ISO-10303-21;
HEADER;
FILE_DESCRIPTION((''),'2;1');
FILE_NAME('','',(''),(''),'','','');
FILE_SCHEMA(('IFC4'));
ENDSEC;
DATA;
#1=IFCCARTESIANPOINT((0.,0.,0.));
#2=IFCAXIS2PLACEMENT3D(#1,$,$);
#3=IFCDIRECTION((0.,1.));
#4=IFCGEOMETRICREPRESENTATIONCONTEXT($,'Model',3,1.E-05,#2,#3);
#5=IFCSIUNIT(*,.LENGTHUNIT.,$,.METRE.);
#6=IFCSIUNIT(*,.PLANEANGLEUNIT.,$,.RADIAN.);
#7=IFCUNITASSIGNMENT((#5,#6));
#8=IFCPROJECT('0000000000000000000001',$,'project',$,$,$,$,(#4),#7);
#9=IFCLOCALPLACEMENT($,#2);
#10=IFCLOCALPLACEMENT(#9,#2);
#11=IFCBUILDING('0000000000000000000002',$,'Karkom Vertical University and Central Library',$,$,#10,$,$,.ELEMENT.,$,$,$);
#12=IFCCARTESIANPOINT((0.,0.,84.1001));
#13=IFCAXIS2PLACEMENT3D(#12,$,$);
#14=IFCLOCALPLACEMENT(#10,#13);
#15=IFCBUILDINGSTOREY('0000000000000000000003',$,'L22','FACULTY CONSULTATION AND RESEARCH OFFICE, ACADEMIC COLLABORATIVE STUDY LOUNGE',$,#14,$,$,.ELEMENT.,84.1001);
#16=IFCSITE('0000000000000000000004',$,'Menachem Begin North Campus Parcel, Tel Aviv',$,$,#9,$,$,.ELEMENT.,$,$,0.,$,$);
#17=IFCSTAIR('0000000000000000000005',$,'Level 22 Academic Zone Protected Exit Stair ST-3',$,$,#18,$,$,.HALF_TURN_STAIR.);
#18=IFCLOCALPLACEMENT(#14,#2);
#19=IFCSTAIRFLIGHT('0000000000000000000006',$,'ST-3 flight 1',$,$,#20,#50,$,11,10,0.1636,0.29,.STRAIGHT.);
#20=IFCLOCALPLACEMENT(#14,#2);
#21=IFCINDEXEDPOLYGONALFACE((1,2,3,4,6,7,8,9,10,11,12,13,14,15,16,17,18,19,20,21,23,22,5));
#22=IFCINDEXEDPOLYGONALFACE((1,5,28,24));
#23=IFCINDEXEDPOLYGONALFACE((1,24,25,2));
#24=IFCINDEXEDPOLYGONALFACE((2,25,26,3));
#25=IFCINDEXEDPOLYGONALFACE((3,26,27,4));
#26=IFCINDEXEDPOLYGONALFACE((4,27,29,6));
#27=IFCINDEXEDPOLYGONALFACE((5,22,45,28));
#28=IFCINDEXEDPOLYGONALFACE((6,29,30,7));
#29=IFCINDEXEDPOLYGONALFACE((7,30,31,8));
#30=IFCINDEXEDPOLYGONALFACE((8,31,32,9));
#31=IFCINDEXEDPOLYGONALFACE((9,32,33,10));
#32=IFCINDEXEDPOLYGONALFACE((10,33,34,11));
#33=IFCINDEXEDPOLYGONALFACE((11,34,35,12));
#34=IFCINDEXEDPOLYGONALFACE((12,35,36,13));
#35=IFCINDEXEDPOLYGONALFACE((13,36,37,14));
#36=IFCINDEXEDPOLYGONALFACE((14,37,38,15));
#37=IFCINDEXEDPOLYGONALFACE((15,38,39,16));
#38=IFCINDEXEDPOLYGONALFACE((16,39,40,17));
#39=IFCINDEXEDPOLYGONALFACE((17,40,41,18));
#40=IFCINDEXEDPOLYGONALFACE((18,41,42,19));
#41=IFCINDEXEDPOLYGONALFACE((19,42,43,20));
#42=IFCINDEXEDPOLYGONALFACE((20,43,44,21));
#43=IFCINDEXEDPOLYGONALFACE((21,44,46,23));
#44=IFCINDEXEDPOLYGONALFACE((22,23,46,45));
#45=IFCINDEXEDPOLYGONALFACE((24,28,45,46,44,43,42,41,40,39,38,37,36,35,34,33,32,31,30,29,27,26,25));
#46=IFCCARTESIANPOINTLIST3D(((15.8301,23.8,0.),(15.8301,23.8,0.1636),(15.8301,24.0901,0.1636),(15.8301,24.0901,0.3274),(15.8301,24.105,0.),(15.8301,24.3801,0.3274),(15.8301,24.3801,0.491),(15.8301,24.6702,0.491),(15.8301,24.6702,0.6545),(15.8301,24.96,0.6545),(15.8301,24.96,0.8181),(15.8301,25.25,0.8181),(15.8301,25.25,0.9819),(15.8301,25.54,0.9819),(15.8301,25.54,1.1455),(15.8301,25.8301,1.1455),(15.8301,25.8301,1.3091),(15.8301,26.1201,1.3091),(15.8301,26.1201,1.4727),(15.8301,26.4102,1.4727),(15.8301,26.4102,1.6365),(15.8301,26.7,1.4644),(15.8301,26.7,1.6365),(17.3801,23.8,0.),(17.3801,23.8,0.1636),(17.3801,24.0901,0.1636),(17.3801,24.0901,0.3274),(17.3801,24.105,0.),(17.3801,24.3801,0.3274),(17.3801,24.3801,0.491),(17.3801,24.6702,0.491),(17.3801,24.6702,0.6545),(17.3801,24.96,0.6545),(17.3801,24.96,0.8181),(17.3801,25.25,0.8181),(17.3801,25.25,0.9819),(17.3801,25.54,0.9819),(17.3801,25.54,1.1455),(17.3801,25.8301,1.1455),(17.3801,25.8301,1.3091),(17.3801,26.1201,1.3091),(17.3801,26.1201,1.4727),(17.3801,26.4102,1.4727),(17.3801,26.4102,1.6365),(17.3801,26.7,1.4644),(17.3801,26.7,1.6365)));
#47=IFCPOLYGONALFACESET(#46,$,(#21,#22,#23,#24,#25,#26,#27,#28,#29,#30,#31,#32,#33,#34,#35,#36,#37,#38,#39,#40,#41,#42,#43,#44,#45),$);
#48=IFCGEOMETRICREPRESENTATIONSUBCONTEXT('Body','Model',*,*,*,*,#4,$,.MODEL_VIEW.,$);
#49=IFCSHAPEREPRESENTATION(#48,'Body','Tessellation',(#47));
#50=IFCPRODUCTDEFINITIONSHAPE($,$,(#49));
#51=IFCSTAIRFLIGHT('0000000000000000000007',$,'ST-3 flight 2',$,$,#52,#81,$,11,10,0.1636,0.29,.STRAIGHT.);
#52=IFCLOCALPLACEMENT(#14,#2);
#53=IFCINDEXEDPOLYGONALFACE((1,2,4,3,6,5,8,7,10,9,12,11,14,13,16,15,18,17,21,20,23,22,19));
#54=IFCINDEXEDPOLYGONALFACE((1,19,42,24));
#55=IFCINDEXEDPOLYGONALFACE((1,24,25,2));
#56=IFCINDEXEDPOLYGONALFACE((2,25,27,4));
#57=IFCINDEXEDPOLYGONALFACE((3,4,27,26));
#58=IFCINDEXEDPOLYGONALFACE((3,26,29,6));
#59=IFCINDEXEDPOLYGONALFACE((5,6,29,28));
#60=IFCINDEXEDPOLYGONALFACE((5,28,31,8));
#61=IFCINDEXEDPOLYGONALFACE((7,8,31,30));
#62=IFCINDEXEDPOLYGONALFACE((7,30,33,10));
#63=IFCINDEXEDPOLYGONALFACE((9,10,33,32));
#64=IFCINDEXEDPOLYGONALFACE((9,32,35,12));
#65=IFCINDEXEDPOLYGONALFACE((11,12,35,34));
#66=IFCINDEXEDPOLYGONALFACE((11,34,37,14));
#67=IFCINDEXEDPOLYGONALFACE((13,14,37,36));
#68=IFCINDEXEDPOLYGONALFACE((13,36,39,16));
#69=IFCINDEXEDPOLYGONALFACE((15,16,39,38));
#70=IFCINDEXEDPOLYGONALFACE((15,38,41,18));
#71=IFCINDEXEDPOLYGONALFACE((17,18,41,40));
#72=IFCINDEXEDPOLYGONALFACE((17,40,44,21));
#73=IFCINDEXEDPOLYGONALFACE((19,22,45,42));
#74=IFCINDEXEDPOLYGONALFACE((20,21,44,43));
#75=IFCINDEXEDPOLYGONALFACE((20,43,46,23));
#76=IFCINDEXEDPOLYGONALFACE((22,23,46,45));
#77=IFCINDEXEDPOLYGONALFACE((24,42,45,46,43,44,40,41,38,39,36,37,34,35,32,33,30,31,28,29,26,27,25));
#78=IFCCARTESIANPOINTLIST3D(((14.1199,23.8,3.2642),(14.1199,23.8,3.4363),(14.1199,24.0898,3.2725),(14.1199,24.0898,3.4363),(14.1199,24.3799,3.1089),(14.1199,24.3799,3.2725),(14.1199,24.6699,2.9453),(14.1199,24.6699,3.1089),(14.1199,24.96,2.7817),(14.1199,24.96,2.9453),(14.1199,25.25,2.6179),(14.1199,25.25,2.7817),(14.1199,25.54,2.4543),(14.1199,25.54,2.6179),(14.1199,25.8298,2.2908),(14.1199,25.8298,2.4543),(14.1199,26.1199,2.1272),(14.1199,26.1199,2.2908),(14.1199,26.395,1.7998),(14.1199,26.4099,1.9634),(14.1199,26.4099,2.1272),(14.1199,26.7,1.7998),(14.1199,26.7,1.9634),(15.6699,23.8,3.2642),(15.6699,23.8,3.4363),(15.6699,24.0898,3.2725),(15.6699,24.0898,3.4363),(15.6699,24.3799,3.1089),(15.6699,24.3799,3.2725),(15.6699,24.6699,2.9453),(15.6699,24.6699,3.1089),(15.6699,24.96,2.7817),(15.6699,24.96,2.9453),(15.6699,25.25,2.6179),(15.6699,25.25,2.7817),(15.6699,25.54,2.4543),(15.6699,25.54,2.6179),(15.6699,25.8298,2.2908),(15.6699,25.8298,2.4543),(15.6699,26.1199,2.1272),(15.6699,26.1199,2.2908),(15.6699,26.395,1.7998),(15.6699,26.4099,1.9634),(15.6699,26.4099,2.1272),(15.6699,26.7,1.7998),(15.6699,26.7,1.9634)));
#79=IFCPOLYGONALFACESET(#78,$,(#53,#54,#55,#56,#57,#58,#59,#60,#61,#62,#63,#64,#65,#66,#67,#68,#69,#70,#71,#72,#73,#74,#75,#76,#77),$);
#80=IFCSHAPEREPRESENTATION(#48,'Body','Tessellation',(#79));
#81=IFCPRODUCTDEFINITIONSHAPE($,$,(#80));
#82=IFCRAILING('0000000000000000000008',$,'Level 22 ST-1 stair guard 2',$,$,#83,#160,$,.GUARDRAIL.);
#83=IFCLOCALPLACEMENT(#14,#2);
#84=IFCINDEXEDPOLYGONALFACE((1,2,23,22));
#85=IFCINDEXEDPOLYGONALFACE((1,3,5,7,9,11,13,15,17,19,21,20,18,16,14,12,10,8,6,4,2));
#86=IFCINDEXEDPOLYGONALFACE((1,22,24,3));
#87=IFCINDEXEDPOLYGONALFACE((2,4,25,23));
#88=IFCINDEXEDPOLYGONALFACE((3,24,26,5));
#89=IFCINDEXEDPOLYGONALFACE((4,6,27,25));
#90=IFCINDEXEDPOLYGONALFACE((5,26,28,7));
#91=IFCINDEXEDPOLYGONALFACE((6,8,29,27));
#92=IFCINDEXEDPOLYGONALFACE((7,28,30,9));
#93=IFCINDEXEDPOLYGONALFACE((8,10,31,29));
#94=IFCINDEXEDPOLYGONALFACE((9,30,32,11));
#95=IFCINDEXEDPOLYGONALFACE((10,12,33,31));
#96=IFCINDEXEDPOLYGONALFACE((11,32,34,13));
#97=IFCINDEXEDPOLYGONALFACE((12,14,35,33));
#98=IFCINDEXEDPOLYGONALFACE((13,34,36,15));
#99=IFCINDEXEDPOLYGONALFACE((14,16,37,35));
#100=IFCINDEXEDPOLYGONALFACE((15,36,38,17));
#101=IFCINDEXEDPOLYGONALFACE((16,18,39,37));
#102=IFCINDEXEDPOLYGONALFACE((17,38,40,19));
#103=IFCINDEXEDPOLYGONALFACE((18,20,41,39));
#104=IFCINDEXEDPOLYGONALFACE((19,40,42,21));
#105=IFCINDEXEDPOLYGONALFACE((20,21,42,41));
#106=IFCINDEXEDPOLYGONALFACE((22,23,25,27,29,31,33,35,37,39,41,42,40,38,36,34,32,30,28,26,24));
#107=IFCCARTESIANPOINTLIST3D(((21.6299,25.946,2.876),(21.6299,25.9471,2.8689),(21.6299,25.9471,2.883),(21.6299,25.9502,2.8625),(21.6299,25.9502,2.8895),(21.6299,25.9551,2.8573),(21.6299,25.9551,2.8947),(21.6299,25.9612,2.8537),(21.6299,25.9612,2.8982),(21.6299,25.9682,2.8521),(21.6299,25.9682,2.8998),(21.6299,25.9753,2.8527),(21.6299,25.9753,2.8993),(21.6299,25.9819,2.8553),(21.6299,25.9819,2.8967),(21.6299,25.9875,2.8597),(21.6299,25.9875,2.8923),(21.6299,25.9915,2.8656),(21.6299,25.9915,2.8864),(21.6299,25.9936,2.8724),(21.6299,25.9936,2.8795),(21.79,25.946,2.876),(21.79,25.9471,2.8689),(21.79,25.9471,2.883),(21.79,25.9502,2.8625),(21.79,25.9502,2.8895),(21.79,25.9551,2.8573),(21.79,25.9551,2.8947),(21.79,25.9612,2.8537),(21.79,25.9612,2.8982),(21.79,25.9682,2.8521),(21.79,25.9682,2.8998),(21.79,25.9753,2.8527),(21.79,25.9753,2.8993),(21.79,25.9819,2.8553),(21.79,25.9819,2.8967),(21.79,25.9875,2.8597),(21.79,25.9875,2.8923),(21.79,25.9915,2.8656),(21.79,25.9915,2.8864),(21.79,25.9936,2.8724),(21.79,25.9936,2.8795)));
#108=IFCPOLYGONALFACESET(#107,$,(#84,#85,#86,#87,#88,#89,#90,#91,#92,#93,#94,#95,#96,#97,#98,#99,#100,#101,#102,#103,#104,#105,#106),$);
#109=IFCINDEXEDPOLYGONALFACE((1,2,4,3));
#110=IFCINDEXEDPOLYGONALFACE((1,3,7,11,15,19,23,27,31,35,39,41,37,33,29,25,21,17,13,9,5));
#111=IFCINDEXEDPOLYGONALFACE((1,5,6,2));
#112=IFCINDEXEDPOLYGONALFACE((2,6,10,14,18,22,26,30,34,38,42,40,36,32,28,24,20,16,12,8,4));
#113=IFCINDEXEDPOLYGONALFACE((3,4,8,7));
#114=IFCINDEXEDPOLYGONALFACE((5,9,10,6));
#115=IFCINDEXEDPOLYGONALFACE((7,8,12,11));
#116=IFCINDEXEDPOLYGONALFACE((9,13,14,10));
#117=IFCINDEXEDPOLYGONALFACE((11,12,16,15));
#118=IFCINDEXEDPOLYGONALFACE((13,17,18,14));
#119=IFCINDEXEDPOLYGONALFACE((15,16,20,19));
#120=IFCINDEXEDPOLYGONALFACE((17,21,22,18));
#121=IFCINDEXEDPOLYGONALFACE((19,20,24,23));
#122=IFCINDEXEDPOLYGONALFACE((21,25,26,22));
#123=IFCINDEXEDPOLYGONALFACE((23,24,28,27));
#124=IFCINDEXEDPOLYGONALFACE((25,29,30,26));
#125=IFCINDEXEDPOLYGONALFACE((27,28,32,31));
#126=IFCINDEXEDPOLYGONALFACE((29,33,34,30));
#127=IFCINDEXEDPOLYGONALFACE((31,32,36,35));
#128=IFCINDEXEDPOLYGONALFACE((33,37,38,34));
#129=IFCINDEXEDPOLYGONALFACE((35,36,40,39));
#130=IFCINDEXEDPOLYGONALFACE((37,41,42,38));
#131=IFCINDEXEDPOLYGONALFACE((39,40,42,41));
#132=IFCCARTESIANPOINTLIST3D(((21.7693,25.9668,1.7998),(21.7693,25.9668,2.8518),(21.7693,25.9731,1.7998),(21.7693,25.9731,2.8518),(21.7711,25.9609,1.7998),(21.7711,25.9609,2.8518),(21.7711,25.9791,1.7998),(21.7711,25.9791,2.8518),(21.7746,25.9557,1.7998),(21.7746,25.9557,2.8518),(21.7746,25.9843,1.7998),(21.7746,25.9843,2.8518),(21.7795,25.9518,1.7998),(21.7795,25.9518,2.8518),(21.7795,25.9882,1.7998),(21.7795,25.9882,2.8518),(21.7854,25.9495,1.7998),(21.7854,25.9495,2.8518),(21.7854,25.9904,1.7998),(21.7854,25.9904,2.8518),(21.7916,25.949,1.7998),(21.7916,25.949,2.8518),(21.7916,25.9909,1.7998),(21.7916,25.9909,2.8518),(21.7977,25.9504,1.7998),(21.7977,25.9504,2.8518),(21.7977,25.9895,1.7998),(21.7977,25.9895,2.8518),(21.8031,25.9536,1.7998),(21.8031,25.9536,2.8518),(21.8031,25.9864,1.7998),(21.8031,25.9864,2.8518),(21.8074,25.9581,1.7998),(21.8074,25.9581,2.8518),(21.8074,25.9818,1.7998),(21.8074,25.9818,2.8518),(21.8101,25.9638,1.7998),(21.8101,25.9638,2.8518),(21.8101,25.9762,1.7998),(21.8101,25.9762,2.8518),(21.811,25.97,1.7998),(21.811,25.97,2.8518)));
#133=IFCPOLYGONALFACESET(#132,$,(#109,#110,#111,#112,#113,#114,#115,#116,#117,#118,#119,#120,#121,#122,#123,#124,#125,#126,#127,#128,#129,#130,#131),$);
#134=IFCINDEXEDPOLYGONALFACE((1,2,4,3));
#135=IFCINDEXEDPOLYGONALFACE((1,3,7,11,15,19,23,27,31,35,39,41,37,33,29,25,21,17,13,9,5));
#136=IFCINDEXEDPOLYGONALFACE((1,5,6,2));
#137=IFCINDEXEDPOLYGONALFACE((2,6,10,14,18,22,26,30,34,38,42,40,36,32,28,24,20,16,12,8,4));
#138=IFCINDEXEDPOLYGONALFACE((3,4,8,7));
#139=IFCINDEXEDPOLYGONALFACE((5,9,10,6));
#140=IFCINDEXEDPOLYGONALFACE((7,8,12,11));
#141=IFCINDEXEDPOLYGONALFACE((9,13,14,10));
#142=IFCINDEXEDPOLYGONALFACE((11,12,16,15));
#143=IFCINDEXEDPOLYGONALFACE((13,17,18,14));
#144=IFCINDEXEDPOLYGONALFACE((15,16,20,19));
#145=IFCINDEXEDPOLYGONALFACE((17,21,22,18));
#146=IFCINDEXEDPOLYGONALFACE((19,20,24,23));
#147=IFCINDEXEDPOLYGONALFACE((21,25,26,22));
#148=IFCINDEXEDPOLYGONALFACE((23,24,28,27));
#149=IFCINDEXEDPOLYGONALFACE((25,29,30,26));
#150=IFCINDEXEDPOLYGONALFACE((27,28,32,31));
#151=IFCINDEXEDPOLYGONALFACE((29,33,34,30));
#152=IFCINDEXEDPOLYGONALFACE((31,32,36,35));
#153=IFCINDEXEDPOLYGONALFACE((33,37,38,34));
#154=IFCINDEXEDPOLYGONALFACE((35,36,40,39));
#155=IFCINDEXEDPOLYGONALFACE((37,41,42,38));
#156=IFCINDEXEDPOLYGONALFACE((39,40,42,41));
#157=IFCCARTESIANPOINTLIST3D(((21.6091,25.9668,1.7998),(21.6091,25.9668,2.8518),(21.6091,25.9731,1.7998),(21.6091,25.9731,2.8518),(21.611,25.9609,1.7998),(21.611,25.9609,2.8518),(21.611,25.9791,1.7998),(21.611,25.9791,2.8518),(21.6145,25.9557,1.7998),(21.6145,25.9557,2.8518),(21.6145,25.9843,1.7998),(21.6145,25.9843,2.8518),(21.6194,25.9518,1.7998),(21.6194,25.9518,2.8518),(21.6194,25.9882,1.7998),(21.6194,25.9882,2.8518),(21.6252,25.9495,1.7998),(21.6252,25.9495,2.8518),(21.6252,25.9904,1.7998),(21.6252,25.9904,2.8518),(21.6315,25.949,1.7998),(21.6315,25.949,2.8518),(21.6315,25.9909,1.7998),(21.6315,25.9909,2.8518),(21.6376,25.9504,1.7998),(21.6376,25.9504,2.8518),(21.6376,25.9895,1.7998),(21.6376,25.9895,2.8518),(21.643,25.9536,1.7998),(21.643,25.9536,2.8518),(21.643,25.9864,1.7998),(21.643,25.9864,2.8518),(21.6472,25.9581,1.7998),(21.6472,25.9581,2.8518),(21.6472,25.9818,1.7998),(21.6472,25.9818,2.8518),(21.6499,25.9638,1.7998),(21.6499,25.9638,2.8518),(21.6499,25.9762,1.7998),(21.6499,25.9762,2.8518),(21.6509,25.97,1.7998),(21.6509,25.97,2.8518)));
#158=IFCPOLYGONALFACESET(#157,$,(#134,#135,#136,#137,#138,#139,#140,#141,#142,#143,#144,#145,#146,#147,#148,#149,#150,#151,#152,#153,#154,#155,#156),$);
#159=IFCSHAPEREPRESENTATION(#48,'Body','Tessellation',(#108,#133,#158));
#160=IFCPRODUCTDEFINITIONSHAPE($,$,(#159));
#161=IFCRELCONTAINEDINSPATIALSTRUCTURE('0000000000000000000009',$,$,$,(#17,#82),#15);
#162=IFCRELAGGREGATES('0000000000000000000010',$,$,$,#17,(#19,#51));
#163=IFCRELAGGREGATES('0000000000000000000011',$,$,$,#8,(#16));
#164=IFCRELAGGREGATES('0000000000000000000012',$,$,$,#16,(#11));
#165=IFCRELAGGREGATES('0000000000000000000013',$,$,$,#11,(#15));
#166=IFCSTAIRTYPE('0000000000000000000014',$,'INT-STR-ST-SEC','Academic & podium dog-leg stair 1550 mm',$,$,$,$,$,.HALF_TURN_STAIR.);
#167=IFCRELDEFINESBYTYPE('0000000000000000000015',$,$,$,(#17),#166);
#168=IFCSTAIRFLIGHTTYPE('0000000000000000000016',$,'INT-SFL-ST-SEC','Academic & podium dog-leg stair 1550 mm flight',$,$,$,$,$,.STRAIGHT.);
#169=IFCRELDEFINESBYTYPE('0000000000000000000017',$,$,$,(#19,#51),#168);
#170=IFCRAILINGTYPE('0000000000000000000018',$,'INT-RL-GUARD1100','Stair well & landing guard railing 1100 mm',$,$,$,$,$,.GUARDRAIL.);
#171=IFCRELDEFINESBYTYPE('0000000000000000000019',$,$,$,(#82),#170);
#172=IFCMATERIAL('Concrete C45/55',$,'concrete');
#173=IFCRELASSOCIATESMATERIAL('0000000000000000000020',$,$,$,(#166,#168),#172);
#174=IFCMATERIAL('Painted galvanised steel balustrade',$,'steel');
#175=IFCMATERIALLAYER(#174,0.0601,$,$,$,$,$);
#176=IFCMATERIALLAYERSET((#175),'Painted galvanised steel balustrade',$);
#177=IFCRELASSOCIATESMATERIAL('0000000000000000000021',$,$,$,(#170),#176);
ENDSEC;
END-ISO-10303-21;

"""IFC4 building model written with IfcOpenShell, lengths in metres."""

from ifc_helpers import new_model, si_unit, direction, frame, origin, origin_2d, place, context, subcontext, project, spatial, polyline, circle, outline, extrude, material, layer, layer_set, type_object, element, aggregate, save


model = new_model("IFC4")

# Units and contexts
model_context = context("Model", 3, precision=1e-05, world=origin(), true_north=direction((0.0, 1.0)))
body_context = subcontext(model_context, "Body", "Model", "MODEL_VIEW")
ifc_project = project(units=[si_unit("LENGTHUNIT", "METRE"), si_unit("PLANEANGLEUNIT", "RADIAN")], contexts=[model_context])

# Site, building, storey
site_placement = place(None, origin())
site = spatial("IfcSite", under=ifc_project, at=site_placement, Name="Menachem Begin North Campus Parcel, Tel Aviv", CompositionType="ELEMENT", RefElevation=0.0)
building_placement = place(site_placement, origin())
building = spatial("IfcBuilding", under=site, at=building_placement, Name="Karkom Vertical University and Central Library", CompositionType="ELEMENT")
storey_placement = place(building_placement, frame((0.0, 0.0, 84.1001)))
storey = spatial("IfcBuildingStorey", under=building, at=storey_placement, Name="L22", Description="FACULTY CONSULTATION AND RESEARCH OFFICE, ACADEMIC COLLABORATIVE STUDY LOUNGE", CompositionType="ELEMENT", Elevation=84.1001)

# Shared definitions
ifc_material_1 = material(Name="Concrete C45/55", Category="concrete")

# Stair, stair flights
stair_type_1 = type_object("IfcStairType", Name="INT-STR-ST-SEC", Description="Academic & podium dog-leg stair 1550 mm", PredefinedType="HALF_TURN_STAIR", material=ifc_material_1)
stair_1_placement = place(storey_placement, origin())
stair_1 = element("IfcStair", 1, at=stair_1_placement, inside=storey, type_object=stair_type_1, Name="Level 22 Academic Zone Protected Exit Stair ST-3", PredefinedType="HALF_TURN_STAIR")
stair_flight_type_1 = type_object("IfcStairFlightType", Name="INT-SFL-ST-SEC", Description="Academic & podium dog-leg stair 1550 mm flight", PredefinedType="STRAIGHT", material=ifc_material_1)
stair_flight_1_placement = place(storey_placement, frame((16.605, 23.8, 0.0), z_axis=(0.0, 0.0, 1.0), x_axis=(0.0, 1.0, 0.0)))
stair_flight_1 = element("IfcStairFlight", 2, at=stair_flight_1_placement, type_object=stair_flight_type_1, Name="ST-3 flight 1", NumberOfRisers=11, NumberOfTreads=10, PredefinedType="STRAIGHT", RiserHeight=0.1636, TreadLength=0.29, context=body_context, shape_type="SweptSolid", body=[
    extrude(outline(polyline([(0.0, 0.0), (0.0, 0.1636), (0.29, 0.1636), (0.29, 0.3274), (0.5801, 0.3274), (0.5801, 0.491), (0.8701, 0.491), (0.8701, 0.6545), (1.1599, 0.6545), (1.1599, 0.8181), (1.45, 0.8181), (1.45, 0.9819), (1.74, 0.9819), (1.74, 1.1455), (2.03, 1.1455), (2.03, 1.3091), (2.3201, 1.3091), (2.3201, 1.4727), (2.6101, 1.4727), (2.6101, 1.6365), (2.8999, 1.6365), (2.8999, 1.8), (2.8999, 1.4644), (0.3049, 0.0), (0.0, 0.0)])), frame((0.0, 0.7749, 0.0), z_axis=(0.0, -1.0, 0.0), x_axis=(1.0, 0.0, 0.0)), (0.0, 0.0, 1.0), 1.55),
])
stair_flight_2_placement = place(storey_placement, frame((14.895, 26.7, 1.7998), z_axis=(0.0, 0.0, 1.0), x_axis=(0.0, -1.0, 0.0)))
stair_flight_2 = element("IfcStairFlight", 3, at=stair_flight_2_placement, type_object=stair_flight_type_1, Name="ST-3 flight 2", NumberOfRisers=11, NumberOfTreads=10, PredefinedType="STRAIGHT", RiserHeight=0.1636, TreadLength=0.29, context=body_context, shape_type="SweptSolid", body=[
    extrude(outline(polyline([(0.0, 0.0), (0.0, 0.1636), (0.29, 0.1636), (0.29, 0.3274), (0.5801, 0.3274), (0.5801, 0.491), (0.8701, 0.491), (0.8701, 0.6545), (1.1599, 0.6545), (1.1599, 0.8181), (1.45, 0.8181), (1.45, 0.9819), (1.74, 0.9819), (1.74, 1.1455), (2.03, 1.1455), (2.03, 1.3091), (2.3201, 1.3091), (2.3201, 1.4727), (2.6101, 1.4727), (2.6101, 1.6365), (2.8999, 1.6365), (2.8999, 1.8), (2.8999, 1.4644), (0.3049, 0.0), (0.0, 0.0)])), frame((0.0, 0.7749, 0.0), z_axis=(0.0, -1.0, 0.0), x_axis=(1.0, 0.0, 0.0)), (0.0, 0.0, 1.0), 1.55),
])
aggregate(stair_1, [stair_flight_1, stair_flight_2])

# Railing
ifc_material_2 = material(Name="Painted galvanised steel balustrade", Category="steel")
ifc_layer_1 = layer(ifc_material_2, 0.0601)
ifc_layer_set_1 = layer_set([ifc_layer_1], Name="Painted galvanised steel balustrade")
railing_type_1 = type_object("IfcRailingType", Name="INT-RL-GUARD1100", Description="Stair well & landing guard railing 1100 mm", PredefinedType="GUARDRAIL", material=ifc_layer_set_1)
railing_1_placement = place(storey_placement, frame((21.79, 25.97, 1.7998)))
element("IfcRailing", 4, at=railing_1_placement, inside=storey, type_object=railing_type_1, Name="Level 22 ST-1 stair guard 2", PredefinedType="GUARDRAIL", context=body_context, shape_type="SweptSolid", body=[
    extrude(circle(Radius=0.0239, at=origin_2d()), frame((0.0, 0.0, 1.0762), z_axis=(-1.0, 0.0, 0.0), x_axis=(0.0, -1.0, 0.0)), (0.0, 0.0, 1.0), 0.1602),
    extrude(circle(Radius=0.021, at=origin_2d()), origin(), (0.0, 0.0, 1.0), 1.052),
    extrude(circle(Radius=0.021, at=origin_2d()), frame((-0.1602, 0.0, 0.0)), (0.0, 0.0, 1.0), 1.052),
])

save(model, "model.ifc")
